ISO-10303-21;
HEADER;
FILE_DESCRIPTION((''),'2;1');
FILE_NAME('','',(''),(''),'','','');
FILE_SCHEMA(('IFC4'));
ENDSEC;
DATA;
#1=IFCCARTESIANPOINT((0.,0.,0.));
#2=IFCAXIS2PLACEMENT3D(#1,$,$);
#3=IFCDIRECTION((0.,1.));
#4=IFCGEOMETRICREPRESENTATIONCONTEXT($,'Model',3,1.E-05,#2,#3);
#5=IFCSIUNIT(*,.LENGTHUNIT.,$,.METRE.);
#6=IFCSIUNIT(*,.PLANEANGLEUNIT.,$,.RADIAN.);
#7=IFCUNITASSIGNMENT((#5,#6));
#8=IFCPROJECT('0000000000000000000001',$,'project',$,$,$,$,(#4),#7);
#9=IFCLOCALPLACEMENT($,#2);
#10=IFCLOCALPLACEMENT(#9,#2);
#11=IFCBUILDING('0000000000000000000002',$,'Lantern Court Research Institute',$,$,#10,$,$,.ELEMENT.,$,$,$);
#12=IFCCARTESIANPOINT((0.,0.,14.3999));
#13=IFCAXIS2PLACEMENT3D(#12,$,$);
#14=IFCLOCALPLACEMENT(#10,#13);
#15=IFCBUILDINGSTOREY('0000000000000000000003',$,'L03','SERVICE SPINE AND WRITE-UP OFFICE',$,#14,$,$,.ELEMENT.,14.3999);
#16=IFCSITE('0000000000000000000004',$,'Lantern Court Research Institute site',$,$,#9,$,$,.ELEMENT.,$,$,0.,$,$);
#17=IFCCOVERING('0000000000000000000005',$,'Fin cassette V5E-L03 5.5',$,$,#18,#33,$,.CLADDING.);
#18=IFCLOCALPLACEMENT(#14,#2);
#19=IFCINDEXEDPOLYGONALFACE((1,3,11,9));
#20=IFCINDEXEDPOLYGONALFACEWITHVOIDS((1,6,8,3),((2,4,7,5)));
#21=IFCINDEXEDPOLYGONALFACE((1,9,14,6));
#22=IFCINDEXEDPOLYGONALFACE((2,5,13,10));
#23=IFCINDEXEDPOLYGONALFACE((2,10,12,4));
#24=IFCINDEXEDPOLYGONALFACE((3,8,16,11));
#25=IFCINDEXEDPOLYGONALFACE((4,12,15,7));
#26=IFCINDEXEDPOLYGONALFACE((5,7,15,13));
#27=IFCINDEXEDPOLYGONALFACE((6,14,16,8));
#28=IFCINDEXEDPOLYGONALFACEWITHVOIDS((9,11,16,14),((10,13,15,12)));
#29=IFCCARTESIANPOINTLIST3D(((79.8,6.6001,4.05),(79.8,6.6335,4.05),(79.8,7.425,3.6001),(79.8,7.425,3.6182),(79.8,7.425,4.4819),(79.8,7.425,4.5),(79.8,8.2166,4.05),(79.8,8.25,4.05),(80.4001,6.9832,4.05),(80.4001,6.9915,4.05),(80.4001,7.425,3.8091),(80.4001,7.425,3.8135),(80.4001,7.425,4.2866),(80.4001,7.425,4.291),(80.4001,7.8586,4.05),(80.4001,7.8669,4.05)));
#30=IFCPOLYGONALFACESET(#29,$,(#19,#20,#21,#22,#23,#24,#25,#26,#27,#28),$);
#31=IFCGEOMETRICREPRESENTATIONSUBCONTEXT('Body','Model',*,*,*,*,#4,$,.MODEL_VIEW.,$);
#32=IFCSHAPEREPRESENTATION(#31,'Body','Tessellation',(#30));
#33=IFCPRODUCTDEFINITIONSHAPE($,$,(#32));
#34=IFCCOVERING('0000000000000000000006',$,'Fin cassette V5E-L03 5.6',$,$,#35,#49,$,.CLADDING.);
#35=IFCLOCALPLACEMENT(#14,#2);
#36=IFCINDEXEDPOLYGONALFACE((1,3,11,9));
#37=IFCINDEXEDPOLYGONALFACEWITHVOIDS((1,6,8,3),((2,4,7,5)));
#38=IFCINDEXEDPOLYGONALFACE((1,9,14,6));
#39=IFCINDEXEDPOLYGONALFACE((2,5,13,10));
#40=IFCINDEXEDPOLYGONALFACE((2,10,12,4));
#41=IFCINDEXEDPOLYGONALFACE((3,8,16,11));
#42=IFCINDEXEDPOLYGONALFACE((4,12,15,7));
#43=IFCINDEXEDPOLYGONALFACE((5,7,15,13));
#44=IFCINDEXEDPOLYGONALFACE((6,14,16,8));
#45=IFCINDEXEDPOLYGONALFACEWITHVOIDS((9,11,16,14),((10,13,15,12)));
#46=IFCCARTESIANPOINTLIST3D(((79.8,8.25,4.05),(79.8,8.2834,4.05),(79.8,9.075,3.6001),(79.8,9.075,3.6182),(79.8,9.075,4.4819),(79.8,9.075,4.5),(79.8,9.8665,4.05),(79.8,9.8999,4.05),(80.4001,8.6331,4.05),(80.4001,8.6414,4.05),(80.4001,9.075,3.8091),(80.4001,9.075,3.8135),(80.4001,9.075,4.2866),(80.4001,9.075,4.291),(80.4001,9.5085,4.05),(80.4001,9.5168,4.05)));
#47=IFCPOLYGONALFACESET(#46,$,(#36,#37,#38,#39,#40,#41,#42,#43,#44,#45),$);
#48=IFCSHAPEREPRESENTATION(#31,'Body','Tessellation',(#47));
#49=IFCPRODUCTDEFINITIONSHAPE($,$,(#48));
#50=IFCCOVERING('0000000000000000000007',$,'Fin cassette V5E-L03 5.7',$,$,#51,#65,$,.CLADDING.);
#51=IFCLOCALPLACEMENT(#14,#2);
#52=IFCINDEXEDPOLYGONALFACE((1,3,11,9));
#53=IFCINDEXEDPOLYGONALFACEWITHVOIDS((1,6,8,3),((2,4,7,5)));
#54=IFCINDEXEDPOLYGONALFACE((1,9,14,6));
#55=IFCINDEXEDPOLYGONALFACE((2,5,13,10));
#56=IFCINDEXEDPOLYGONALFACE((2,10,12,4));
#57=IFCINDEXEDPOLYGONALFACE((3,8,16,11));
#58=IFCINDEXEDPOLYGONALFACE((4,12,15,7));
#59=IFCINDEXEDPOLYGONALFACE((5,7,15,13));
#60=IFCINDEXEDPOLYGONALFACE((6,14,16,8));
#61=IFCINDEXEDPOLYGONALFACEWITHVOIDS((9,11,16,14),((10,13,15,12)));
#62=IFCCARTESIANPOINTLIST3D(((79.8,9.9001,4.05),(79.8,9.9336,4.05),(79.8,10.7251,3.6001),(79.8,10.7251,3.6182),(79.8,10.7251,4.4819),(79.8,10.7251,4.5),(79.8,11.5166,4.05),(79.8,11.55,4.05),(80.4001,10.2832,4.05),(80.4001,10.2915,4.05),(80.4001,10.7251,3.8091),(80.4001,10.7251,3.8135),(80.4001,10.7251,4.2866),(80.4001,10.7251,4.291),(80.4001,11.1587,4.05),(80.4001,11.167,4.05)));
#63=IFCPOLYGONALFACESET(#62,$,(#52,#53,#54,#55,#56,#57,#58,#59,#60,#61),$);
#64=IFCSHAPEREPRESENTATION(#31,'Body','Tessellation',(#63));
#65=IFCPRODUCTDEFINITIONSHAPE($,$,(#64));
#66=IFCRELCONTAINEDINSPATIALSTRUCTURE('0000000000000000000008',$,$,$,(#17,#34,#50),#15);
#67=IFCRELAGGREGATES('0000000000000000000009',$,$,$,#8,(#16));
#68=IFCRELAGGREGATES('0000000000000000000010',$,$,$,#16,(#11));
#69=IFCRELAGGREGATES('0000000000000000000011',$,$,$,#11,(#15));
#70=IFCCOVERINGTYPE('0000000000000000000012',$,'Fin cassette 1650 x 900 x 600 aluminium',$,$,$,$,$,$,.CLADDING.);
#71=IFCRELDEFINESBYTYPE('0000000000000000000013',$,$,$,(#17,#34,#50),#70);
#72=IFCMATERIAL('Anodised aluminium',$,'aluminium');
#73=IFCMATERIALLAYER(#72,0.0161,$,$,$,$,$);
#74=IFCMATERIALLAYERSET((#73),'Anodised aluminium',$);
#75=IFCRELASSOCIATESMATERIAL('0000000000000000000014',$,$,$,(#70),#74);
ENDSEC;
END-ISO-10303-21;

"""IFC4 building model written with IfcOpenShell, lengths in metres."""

from ifc_helpers import new_model, entity, si_unit, direction, frame, origin, place, context, subcontext, project, spatial, material, layer, layer_set, type_object, element, save


model = new_model("IFC4")

# Units and contexts
model_context = context("Model", 3, precision=1e-05, world=origin(), true_north=direction((0.0, 1.0)))
body_context = subcontext(model_context, "Body", "Model", "MODEL_VIEW")
ifc_project = project(units=[si_unit("LENGTHUNIT", "METRE"), si_unit("PLANEANGLEUNIT", "RADIAN")], contexts=[model_context])

# Site, building, storey
site_placement = place(None, origin())
site = spatial("IfcSite", under=ifc_project, at=site_placement, Name="Lantern Court Research Institute site", CompositionType="ELEMENT", RefElevation=0.0)
building_placement = place(site_placement, origin())
building = spatial("IfcBuilding", under=site, at=building_placement, Name="Lantern Court Research Institute", CompositionType="ELEMENT")
storey_placement = place(building_placement, frame((0.0, 0.0, 14.3999)))
storey = spatial("IfcBuildingStorey", under=building, at=storey_placement, Name="L03", Description="SERVICE SPINE AND WRITE-UP OFFICE", CompositionType="ELEMENT", Elevation=14.3999)

# Coverings
ifc_material_1 = material(Name="Anodised aluminium", Category="aluminium")
ifc_layer_1 = layer(ifc_material_1, 0.0161)
ifc_layer_set_1 = layer_set([ifc_layer_1], Name="Anodised aluminium")
covering_type = type_object("IfcCoveringType", Name="Fin cassette 1650 x 900 x 600 aluminium", PredefinedType="CLADDING", material=ifc_layer_set_1)
covering_1_placement = place(storey_placement, frame((79.8, 7.425, 4.05), z_axis=(1.0, 0.0, 0.0), x_axis=(0.0, 1.0, 0.0)))
cartesian_point_1 = entity("IfcCartesianPoint", [0.825, 0.0])
cartesian_point_2 = entity("IfcCartesianPoint", [0.7915, 0.0])
cartesian_point_3 = entity("IfcCartesianPoint", [0.4419, 0.0])
cartesian_point_4 = entity("IfcCartesianPoint", [0.4336, 0.0])
element("IfcCovering", 1, at=covering_1_placement, inside=storey, type_object=covering_type, Name="Fin cassette V5E-L03 5.5", PredefinedType="CLADDING", context=body_context, shape_type="SweptSolid", body=[
    entity("IfcExtrudedAreaSolidTapered", entity("IfcArbitraryProfileDefWithVoids", "AREA", None, entity("IfcPolyline", [cartesian_point_1, entity("IfcCartesianPoint", [0.0, 0.45]), entity("IfcCartesianPoint", [-0.825, 0.0]), entity("IfcCartesianPoint", [0.0, -0.45]), cartesian_point_1]), [entity("IfcPolyline", [cartesian_point_2, entity("IfcCartesianPoint", [0.0, 0.4319]), entity("IfcCartesianPoint", [-0.7915, 0.0]), entity("IfcCartesianPoint", [0.0, -0.4319]), cartesian_point_2])]), entity("IfcAxis2Placement3D", entity("IfcCartesianPoint", [0.0, 0.0, 0.0])), entity("IfcDirection", [0.0, 0.0, 1.0]), 0.6001, entity("IfcArbitraryProfileDefWithVoids", "AREA", None, entity("IfcPolyline", [cartesian_point_3, entity("IfcCartesianPoint", [0.0, 0.241]), entity("IfcCartesianPoint", [-0.4419, 0.0]), entity("IfcCartesianPoint", [0.0, -0.241]), cartesian_point_3]), [entity("IfcPolyline", [cartesian_point_4, entity("IfcCartesianPoint", [0.0, 0.2366]), entity("IfcCartesianPoint", [-0.4336, 0.0]), entity("IfcCartesianPoint", [0.0, -0.2366]), cartesian_point_4])])),
])
covering_2_placement = place(storey_placement, frame((79.8, 9.075, 4.05), z_axis=(1.0, 0.0, 0.0), x_axis=(0.0, 1.0, 0.0)))
cartesian_point_5 = entity("IfcCartesianPoint", [0.825, 0.0])
cartesian_point_6 = entity("IfcCartesianPoint", [0.7915, 0.0])
cartesian_point_7 = entity("IfcCartesianPoint", [0.4419, 0.0])
cartesian_point_8 = entity("IfcCartesianPoint", [0.4336, 0.0])
element("IfcCovering", 2, at=covering_2_placement, inside=storey, type_object=covering_type, Name="Fin cassette V5E-L03 5.6", PredefinedType="CLADDING", context=body_context, shape_type="SweptSolid", body=[
    entity("IfcExtrudedAreaSolidTapered", entity("IfcArbitraryProfileDefWithVoids", "AREA", None, entity("IfcPolyline", [cartesian_point_5, entity("IfcCartesianPoint", [0.0, 0.45]), entity("IfcCartesianPoint", [-0.825, 0.0]), entity("IfcCartesianPoint", [0.0, -0.45]), cartesian_point_5]), [entity("IfcPolyline", [cartesian_point_6, entity("IfcCartesianPoint", [0.0, 0.4319]), entity("IfcCartesianPoint", [-0.7915, 0.0]), entity("IfcCartesianPoint", [0.0, -0.4319]), cartesian_point_6])]), entity("IfcAxis2Placement3D", entity("IfcCartesianPoint", [0.0, 0.0, 0.0])), entity("IfcDirection", [0.0, 0.0, 1.0]), 0.6001, entity("IfcArbitraryProfileDefWithVoids", "AREA", None, entity("IfcPolyline", [cartesian_point_7, entity("IfcCartesianPoint", [0.0, 0.241]), entity("IfcCartesianPoint", [-0.4419, 0.0]), entity("IfcCartesianPoint", [0.0, -0.241]), cartesian_point_7]), [entity("IfcPolyline", [cartesian_point_8, entity("IfcCartesianPoint", [0.0, 0.2366]), entity("IfcCartesianPoint", [-0.4336, 0.0]), entity("IfcCartesianPoint", [0.0, -0.2366]), cartesian_point_8])])),
])
covering_3_placement = place(storey_placement, frame((79.8, 10.7251, 4.05), z_axis=(1.0, 0.0, 0.0), x_axis=(0.0, 1.0, 0.0)))
cartesian_point_9 = entity("IfcCartesianPoint", [0.825, 0.0])
cartesian_point_10 = entity("IfcCartesianPoint", [0.7915, 0.0])
cartesian_point_11 = entity("IfcCartesianPoint", [0.4419, 0.0])
cartesian_point_12 = entity("IfcCartesianPoint", [0.4336, 0.0])
element("IfcCovering", 3, at=covering_3_placement, inside=storey, type_object=covering_type, Name="Fin cassette V5E-L03 5.7", PredefinedType="CLADDING", context=body_context, shape_type="SweptSolid", body=[
    entity("IfcExtrudedAreaSolidTapered", entity("IfcArbitraryProfileDefWithVoids", "AREA", None, entity("IfcPolyline", [cartesian_point_9, entity("IfcCartesianPoint", [0.0, 0.45]), entity("IfcCartesianPoint", [-0.825, 0.0]), entity("IfcCartesianPoint", [0.0, -0.45]), cartesian_point_9]), [entity("IfcPolyline", [cartesian_point_10, entity("IfcCartesianPoint", [0.0, 0.4319]), entity("IfcCartesianPoint", [-0.7915, 0.0]), entity("IfcCartesianPoint", [0.0, -0.4319]), cartesian_point_10])]), entity("IfcAxis2Placement3D", entity("IfcCartesianPoint", [0.0, 0.0, 0.0])), entity("IfcDirection", [0.0, 0.0, 1.0]), 0.6001, entity("IfcArbitraryProfileDefWithVoids", "AREA", None, entity("IfcPolyline", [cartesian_point_11, entity("IfcCartesianPoint", [0.0, 0.241]), entity("IfcCartesianPoint", [-0.4419, 0.0]), entity("IfcCartesianPoint", [0.0, -0.241]), cartesian_point_11]), [entity("IfcPolyline", [cartesian_point_12, entity("IfcCartesianPoint", [0.0, 0.2366]), entity("IfcCartesianPoint", [-0.4336, 0.0]), entity("IfcCartesianPoint", [0.0, -0.2366]), cartesian_point_12])])),
])

save(model, "model.ifc")
